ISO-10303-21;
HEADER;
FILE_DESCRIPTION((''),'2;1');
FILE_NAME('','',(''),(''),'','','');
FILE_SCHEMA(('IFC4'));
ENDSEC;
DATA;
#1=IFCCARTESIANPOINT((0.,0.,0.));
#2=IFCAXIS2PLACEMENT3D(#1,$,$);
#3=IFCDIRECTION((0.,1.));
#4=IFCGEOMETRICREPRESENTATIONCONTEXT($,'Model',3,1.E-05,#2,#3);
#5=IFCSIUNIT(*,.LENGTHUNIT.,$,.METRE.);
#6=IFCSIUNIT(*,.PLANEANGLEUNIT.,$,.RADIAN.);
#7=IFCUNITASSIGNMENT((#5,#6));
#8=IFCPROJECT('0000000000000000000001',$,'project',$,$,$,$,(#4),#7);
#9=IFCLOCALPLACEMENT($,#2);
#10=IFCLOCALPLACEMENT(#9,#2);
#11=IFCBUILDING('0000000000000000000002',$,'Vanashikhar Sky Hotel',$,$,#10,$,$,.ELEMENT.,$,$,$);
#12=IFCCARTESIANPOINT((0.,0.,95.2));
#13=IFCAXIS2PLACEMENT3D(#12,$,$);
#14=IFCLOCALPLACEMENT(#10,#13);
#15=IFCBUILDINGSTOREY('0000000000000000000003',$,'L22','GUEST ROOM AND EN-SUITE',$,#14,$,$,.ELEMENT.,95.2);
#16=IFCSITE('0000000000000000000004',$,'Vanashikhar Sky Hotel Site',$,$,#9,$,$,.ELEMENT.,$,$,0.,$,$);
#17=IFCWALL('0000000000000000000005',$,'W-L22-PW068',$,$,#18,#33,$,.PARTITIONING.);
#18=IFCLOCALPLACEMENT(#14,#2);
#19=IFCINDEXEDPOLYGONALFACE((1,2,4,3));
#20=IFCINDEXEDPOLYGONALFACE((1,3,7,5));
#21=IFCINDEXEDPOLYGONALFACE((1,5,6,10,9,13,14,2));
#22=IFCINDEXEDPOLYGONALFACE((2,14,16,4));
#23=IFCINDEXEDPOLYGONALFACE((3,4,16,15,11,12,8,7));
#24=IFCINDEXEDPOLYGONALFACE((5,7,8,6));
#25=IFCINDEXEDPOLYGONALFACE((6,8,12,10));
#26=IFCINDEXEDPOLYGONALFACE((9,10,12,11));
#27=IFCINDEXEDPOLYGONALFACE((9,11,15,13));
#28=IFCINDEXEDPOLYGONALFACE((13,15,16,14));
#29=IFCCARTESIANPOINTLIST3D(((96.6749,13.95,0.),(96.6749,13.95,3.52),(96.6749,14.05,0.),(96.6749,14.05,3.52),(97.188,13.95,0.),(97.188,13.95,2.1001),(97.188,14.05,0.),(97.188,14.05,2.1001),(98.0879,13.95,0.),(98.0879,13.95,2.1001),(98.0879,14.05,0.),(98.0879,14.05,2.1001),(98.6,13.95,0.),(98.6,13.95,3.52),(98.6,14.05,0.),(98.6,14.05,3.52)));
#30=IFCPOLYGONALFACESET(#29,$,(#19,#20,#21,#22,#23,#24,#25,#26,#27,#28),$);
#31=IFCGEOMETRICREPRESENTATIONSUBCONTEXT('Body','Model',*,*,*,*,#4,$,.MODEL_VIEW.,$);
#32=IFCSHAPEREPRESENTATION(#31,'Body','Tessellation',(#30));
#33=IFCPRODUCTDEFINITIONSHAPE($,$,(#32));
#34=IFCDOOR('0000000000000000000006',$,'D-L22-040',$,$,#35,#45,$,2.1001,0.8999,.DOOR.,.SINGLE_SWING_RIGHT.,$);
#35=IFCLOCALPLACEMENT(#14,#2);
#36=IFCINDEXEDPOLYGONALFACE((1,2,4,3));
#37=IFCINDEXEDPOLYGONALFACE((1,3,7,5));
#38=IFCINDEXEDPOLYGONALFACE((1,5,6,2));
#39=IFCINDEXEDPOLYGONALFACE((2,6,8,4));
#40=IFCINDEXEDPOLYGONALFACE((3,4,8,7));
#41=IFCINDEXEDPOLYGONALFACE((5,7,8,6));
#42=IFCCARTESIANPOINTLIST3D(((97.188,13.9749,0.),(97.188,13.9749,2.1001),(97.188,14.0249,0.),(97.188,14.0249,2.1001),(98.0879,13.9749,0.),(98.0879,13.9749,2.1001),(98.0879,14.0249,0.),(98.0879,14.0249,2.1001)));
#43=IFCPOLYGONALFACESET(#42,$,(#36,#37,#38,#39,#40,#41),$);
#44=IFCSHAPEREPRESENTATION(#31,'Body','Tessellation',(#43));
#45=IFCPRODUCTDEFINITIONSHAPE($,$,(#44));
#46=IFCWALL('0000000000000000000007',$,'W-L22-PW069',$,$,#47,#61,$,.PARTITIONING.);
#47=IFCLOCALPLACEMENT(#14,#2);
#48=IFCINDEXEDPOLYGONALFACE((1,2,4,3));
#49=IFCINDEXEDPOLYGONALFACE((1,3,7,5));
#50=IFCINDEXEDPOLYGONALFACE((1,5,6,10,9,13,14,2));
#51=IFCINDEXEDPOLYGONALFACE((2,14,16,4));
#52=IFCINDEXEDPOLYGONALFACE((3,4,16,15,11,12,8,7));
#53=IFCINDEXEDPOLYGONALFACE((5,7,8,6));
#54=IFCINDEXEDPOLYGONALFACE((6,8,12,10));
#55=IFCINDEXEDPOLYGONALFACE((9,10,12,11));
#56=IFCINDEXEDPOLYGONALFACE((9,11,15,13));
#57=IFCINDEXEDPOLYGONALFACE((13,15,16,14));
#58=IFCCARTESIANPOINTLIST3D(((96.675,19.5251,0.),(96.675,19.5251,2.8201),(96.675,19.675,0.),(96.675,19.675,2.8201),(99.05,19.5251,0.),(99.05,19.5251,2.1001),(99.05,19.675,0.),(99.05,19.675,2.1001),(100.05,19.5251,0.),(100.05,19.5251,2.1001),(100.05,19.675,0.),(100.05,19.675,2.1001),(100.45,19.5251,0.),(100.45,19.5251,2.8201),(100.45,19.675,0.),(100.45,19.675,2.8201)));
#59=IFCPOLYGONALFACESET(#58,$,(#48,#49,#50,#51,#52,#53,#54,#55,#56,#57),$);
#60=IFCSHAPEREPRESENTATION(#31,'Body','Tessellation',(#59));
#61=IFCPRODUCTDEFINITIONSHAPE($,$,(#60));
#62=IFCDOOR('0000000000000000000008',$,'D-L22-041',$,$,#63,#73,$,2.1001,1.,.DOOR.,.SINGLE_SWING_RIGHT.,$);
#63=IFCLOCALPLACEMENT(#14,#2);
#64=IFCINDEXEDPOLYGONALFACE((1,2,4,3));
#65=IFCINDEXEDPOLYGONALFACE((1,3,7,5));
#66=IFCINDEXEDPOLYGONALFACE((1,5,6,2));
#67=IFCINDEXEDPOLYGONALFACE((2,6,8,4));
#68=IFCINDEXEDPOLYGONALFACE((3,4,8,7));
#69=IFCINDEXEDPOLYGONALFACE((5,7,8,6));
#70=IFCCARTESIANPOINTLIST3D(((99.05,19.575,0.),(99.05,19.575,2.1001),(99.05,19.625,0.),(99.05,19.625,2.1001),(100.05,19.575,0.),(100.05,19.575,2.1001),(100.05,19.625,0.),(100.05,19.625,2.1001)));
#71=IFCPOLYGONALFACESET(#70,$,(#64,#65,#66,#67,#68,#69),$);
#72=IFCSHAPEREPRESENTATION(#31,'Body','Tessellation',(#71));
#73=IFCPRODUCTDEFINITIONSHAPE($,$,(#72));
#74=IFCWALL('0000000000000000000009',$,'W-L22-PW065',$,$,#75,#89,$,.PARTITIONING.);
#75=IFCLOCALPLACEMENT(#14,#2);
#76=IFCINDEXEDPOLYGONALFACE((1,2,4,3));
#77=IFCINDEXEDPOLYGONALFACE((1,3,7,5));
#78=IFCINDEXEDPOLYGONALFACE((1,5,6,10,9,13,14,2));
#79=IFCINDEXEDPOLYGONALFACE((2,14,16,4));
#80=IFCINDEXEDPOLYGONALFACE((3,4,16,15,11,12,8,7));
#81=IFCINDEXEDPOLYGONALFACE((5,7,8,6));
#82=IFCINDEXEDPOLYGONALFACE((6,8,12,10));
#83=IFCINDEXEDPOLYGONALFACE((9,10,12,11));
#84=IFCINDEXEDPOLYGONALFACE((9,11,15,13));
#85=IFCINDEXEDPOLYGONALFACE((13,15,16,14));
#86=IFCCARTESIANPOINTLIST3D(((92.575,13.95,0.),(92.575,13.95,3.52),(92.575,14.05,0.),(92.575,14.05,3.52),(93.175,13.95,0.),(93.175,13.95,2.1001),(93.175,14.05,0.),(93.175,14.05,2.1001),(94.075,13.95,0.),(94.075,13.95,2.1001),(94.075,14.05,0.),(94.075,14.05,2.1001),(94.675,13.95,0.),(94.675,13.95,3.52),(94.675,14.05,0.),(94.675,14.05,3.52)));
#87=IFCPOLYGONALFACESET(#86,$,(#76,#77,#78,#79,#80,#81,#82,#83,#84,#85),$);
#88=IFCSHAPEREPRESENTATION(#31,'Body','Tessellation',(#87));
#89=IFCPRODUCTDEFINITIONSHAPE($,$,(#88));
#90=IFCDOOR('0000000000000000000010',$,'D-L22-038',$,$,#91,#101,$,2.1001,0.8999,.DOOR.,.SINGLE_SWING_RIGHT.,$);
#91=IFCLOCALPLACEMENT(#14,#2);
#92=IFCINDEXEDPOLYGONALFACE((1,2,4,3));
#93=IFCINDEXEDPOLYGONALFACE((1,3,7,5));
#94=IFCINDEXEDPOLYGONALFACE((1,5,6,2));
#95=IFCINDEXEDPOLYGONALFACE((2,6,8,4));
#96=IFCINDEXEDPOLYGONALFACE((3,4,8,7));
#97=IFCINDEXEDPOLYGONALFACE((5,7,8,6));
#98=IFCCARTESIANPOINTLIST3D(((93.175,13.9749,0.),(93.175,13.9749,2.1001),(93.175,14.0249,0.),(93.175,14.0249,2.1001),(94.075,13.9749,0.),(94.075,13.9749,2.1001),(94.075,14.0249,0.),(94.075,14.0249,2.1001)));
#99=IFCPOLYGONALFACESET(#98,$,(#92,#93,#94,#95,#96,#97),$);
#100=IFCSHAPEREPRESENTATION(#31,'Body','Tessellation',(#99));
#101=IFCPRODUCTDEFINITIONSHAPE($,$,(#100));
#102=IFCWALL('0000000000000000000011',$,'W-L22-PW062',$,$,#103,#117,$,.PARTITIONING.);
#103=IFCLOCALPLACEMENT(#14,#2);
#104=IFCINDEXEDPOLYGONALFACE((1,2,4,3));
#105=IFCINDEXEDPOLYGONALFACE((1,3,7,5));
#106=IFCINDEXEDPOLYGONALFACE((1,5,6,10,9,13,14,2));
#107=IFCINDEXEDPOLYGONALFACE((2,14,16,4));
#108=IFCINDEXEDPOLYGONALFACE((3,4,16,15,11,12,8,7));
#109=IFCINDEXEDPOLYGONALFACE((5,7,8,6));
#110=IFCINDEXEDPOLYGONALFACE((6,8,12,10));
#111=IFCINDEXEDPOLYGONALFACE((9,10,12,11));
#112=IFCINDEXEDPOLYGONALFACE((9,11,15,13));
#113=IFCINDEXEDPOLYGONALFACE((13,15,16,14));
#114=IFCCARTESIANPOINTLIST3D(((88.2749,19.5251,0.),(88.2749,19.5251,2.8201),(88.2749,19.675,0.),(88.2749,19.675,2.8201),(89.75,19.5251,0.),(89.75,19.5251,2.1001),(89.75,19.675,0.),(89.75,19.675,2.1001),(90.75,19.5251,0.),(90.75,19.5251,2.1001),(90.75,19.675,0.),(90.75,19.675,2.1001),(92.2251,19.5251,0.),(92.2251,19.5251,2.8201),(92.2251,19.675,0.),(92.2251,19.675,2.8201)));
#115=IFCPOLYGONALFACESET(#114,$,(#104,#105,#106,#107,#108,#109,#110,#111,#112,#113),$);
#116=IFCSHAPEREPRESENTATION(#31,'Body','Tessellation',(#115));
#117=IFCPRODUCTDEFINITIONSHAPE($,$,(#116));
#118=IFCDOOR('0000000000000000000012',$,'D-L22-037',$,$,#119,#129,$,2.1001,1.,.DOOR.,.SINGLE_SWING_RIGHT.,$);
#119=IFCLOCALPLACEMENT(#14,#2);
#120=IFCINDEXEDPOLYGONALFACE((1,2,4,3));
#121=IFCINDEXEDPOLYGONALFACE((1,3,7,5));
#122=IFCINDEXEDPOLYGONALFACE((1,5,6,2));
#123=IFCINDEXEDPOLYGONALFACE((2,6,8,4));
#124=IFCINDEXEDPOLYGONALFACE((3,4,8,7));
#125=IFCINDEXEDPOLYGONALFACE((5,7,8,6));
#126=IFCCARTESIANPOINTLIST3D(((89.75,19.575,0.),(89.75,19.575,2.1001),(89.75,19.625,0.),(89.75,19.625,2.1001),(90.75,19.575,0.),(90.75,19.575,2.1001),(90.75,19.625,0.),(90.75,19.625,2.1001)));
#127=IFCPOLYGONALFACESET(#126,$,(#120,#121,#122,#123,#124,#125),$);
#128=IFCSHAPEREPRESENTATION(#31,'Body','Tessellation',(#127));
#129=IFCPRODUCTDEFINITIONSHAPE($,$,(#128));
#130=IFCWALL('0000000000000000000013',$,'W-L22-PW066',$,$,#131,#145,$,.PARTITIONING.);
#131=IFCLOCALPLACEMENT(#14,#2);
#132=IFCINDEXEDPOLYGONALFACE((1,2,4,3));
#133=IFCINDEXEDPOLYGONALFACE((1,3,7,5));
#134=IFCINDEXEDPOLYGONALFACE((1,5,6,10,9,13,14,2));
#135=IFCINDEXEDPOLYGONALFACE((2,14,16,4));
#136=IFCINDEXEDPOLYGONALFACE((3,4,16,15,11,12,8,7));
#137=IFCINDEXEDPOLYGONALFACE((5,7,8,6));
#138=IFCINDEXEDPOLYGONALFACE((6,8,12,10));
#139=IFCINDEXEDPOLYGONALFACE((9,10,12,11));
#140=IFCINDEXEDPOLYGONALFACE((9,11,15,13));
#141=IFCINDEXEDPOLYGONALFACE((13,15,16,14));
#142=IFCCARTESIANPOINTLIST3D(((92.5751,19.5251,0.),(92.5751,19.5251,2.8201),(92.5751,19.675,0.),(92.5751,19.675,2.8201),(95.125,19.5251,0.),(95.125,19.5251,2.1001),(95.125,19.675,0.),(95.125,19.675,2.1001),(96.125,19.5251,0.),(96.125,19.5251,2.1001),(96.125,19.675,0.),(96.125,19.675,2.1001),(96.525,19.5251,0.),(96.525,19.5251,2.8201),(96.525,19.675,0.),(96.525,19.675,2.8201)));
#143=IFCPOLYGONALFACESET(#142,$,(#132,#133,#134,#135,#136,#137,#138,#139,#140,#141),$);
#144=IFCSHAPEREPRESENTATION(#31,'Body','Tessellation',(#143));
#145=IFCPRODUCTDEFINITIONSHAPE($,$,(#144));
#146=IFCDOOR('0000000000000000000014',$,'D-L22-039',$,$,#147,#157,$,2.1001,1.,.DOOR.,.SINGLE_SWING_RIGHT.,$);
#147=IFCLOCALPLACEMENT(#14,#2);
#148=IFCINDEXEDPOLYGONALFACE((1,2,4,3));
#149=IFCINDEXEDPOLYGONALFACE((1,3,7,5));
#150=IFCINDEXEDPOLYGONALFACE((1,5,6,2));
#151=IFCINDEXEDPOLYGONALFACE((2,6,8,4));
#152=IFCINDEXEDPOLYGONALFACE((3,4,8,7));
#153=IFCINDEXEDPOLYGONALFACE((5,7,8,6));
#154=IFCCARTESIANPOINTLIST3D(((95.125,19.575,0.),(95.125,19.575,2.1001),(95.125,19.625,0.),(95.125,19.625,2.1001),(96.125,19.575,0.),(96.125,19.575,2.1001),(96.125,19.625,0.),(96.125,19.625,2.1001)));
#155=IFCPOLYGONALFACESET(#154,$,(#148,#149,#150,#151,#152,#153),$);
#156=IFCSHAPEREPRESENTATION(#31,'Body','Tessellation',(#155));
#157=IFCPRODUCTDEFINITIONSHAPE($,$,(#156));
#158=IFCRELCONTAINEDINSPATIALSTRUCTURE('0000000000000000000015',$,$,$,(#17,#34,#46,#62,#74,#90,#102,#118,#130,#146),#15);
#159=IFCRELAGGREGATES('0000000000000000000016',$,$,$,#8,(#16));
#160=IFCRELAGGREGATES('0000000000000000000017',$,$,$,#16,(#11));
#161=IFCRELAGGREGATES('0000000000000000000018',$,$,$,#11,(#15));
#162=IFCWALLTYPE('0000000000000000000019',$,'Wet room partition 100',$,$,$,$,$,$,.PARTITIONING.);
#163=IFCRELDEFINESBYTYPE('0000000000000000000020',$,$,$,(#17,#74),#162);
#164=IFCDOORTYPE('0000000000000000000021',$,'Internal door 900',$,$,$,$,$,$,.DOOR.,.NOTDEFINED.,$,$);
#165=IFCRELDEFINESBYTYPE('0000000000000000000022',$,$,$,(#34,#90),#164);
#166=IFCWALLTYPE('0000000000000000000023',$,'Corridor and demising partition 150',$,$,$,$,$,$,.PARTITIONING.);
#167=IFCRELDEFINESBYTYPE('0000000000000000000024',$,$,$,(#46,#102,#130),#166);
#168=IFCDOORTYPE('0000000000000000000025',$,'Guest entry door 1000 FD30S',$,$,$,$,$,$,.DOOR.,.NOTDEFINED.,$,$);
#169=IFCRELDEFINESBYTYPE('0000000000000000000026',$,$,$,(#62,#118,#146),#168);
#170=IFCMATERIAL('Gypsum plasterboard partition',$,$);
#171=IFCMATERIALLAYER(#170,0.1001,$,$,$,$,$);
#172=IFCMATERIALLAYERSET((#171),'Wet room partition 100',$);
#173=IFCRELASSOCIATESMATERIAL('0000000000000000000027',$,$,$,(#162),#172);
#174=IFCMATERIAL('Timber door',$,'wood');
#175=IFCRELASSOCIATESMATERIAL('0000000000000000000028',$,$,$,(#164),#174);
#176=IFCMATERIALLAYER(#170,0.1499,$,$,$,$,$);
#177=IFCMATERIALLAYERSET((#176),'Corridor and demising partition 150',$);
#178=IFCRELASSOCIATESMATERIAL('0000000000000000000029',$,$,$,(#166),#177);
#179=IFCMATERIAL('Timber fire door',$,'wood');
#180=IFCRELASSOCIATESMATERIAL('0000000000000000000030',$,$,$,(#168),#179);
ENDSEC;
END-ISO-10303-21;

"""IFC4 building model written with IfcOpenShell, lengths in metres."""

from ifc_helpers import new_model, si_unit, direction, frame, frame_2d, origin, place, context, subcontext, project, spatial, rectangle, extrude, source, transform, mapped, material, layer, layer_set, type_object, element, fill, save


model = new_model("IFC4")

# Units and contexts
model_context = context("Model", 3, precision=1e-05, world=origin(), true_north=direction((0.0, 1.0)))
body_context = subcontext(model_context, "Body", "Model", "MODEL_VIEW")
ifc_project = project(units=[si_unit("LENGTHUNIT", "METRE"), si_unit("PLANEANGLEUNIT", "RADIAN")], contexts=[model_context])

# Site, building, storey
site_placement = place(None, origin())
site = spatial("IfcSite", under=ifc_project, at=site_placement, Name="Vanashikhar Sky Hotel Site", CompositionType="ELEMENT", RefElevation=0.0)
building_placement = place(site_placement, origin())
building = spatial("IfcBuilding", under=site, at=building_placement, Name="Vanashikhar Sky Hotel", CompositionType="ELEMENT")
storey_placement = place(building_placement, frame((0.0, 0.0, 95.2)))
storey = spatial("IfcBuildingStorey", under=building, at=storey_placement, Name="L22", Description="GUEST ROOM AND EN-SUITE", CompositionType="ELEMENT", Elevation=95.2)

# Shared definitions
ifc_material_1 = material(Name="Gypsum plasterboard partition")
ifc_layer_1 = layer(ifc_material_1, 0.1001)
ifc_layer_set_1 = layer_set([ifc_layer_1], Name="Wet room partition 100")
wall_type_1 = type_object("IfcWallType", Name="Wet room partition 100", PredefinedType="PARTITIONING", material=ifc_layer_set_1)

# Walls, openings, doors
shared_shape_1 = source(origin(), body_context, "Body", "SweptSolid", [
    extrude(rectangle(XDim=1.925, YDim=0.1001, at=frame_2d((0.9624, 0.0))), origin(), (0.0, 0.0, 1.0), 3.52),
])
wall_1_placement = place(storey_placement, frame((96.675, 14.0, 0.0), z_axis=(0.0, 0.0, 1.0), x_axis=(1.0, 0.0, 0.0)))
wall_1 = element("IfcWall", 1, at=wall_1_placement, inside=storey, type_object=wall_type_1, Name="W-L22-PW068", PredefinedType="PARTITIONING", context=body_context, shape_type="MappedRepresentation", body=[
    mapped(shared_shape_1, transform((0.0, 0.0, 0.0), scale=1.0)),
])
shared_shape_2 = source(origin(), body_context, "Body", "SweptSolid", [
    extrude(rectangle(XDim=0.8999, YDim=2.1001, at=frame_2d((0.45, 1.05))), frame((0.0, 0.0601, 0.0), z_axis=(0.0, -1.0, 0.0), x_axis=(1.0, 0.0, 0.0)), (0.0, 0.0, 1.0), 0.1201),
])
opening_1_placement = place(wall_1_placement, frame((0.5129, 0.0, 0.0)))
opening_1 = element("IfcOpeningElement", 2, at=opening_1_placement, cuts=wall_1, PredefinedType="OPENING", context=body_context, shape_type="MappedRepresentation", body=[
    mapped(shared_shape_2, transform((0.0, 0.0, 0.0), scale=1.0)),
])
ifc_material_2 = material(Name="Timber door", Category="wood")
door_type_1 = type_object("IfcDoorType", Name="Internal door 900", OperationType="NOTDEFINED", PredefinedType="DOOR", material=ifc_material_2)
shared_shape_3 = source(origin(), body_context, "Body", "SweptSolid", [
    extrude(rectangle(XDim=0.8999, YDim=2.1001, at=frame_2d((0.45, 1.05))), frame((0.0, 0.0249, 0.0), z_axis=(0.0, -1.0, 0.0), x_axis=(1.0, 0.0, 0.0)), (0.0, 0.0, 1.0), 0.05),
])
door_1_placement = place(opening_1_placement, origin())
door_1 = element("IfcDoor", 3, at=door_1_placement, inside=storey, type_object=door_type_1, Name="D-L22-040", OperationType="SINGLE_SWING_RIGHT", OverallHeight=2.1001, OverallWidth=0.8999, PredefinedType="DOOR", context=body_context, shape_type="MappedRepresentation", body=[
    mapped(shared_shape_3, transform((0.0, 0.0, 0.0), scale=1.0)),
])
fill(opening_1, door_1)
ifc_layer_2 = layer(ifc_material_1, 0.1499)
ifc_layer_set_2 = layer_set([ifc_layer_2], Name="Corridor and demising partition 150")
wall_type_2 = type_object("IfcWallType", Name="Corridor and demising partition 150", PredefinedType="PARTITIONING", material=ifc_layer_set_2)
shared_shape_4 = source(origin(), body_context, "Body", "SweptSolid", [
    extrude(rectangle(XDim=3.7749, YDim=0.1499, at=frame_2d((1.8875, 0.0))), origin(), (0.0, 0.0, 1.0), 2.8201),
])
wall_2_placement = place(storey_placement, frame((96.675, 19.6001, 0.0), z_axis=(0.0, 0.0, 1.0), x_axis=(1.0, 0.0, 0.0)))
wall_2 = element("IfcWall", 4, at=wall_2_placement, inside=storey, type_object=wall_type_2, Name="W-L22-PW069", PredefinedType="PARTITIONING", context=body_context, shape_type="MappedRepresentation", body=[
    mapped(shared_shape_4, transform((0.0, 0.0, 0.0), scale=1.0)),
])
shared_shape_5 = source(origin(), body_context, "Body", "SweptSolid", [
    extrude(rectangle(XDim=1.0, YDim=2.1001, at=frame_2d((0.5, 1.05))), frame((0.0, 0.085, 0.0), z_axis=(0.0, -1.0, 0.0), x_axis=(1.0, 0.0, 0.0)), (0.0, 0.0, 1.0), 0.1699),
])
opening_2_placement = place(wall_2_placement, frame((2.375, 0.0, 0.0)))
opening_2 = element("IfcOpeningElement", 5, at=opening_2_placement, cuts=wall_2, PredefinedType="OPENING", context=body_context, shape_type="MappedRepresentation", body=[
    mapped(shared_shape_5, transform((0.0, 0.0, 0.0), scale=1.0)),
])
ifc_material_3 = material(Name="Timber fire door", Category="wood")
door_type_2 = type_object("IfcDoorType", Name="Guest entry door 1000 FD30S", OperationType="NOTDEFINED", PredefinedType="DOOR", material=ifc_material_3)
shared_shape_6 = source(origin(), body_context, "Body", "SweptSolid", [
    extrude(rectangle(XDim=1.0, YDim=2.1001, at=frame_2d((0.5, 1.05))), frame((0.0, 0.0249, 0.0), z_axis=(0.0, -1.0, 0.0), x_axis=(1.0, 0.0, 0.0)), (0.0, 0.0, 1.0), 0.05),
])
door_2_placement = place(opening_2_placement, origin())
door_2 = element("IfcDoor", 6, at=door_2_placement, inside=storey, type_object=door_type_2, Name="D-L22-041", OperationType="SINGLE_SWING_RIGHT", OverallHeight=2.1001, OverallWidth=1.0, PredefinedType="DOOR", context=body_context, shape_type="MappedRepresentation", body=[
    mapped(shared_shape_6, transform((0.0, 0.0, 0.0), scale=1.0)),
])
fill(opening_2, door_2)
shared_shape_7 = source(origin(), body_context, "Body", "SweptSolid", [
    extrude(rectangle(XDim=2.1001, YDim=0.1001, at=frame_2d((1.05, 0.0))), origin(), (0.0, 0.0, 1.0), 3.52),
])
wall_3_placement = place(storey_placement, frame((92.575, 14.0, 0.0), z_axis=(0.0, 0.0, 1.0), x_axis=(1.0, 0.0, 0.0)))
wall_3 = element("IfcWall", 7, at=wall_3_placement, inside=storey, type_object=wall_type_1, Name="W-L22-PW065", PredefinedType="PARTITIONING", context=body_context, shape_type="MappedRepresentation", body=[
    mapped(shared_shape_7, transform((0.0, 0.0, 0.0), scale=1.0)),
])
opening_3_placement = place(wall_3_placement, frame((0.6001, 0.0, 0.0)))
opening_3 = element("IfcOpeningElement", 8, at=opening_3_placement, cuts=wall_3, PredefinedType="OPENING", context=body_context, shape_type="MappedRepresentation", body=[
    mapped(shared_shape_2, transform((0.0, 0.0, 0.0), scale=1.0)),
])
door_3_placement = place(opening_3_placement, origin())
door_3 = element("IfcDoor", 9, at=door_3_placement, inside=storey, type_object=door_type_1, Name="D-L22-038", OperationType="SINGLE_SWING_RIGHT", OverallHeight=2.1001, OverallWidth=0.8999, PredefinedType="DOOR", context=body_context, shape_type="MappedRepresentation", body=[
    mapped(shared_shape_3, transform((0.0, 0.0, 0.0), scale=1.0)),
])
fill(opening_3, door_3)
shared_shape_8 = source(origin(), body_context, "Body", "SweptSolid", [
    extrude(rectangle(XDim=3.9502, YDim=0.1499, at=frame_2d((1.9751, 0.0))), origin(), (0.0, 0.0, 1.0), 2.8201),
])
wall_4_placement = place(storey_placement, frame((88.2749, 19.6001, 0.0), z_axis=(0.0, 0.0, 1.0), x_axis=(1.0, 0.0, 0.0)))
wall_4 = element("IfcWall", 10, at=wall_4_placement, inside=storey, type_object=wall_type_2, Name="W-L22-PW062", PredefinedType="PARTITIONING", context=body_context, shape_type="MappedRepresentation", body=[
    mapped(shared_shape_8, transform((0.0, 0.0, 0.0), scale=1.0)),
])
opening_4_placement = place(wall_4_placement, frame((1.4751, 0.0, 0.0)))
opening_4 = element("IfcOpeningElement", 11, at=opening_4_placement, cuts=wall_4, PredefinedType="OPENING", context=body_context, shape_type="MappedRepresentation", body=[
    mapped(shared_shape_5, transform((0.0, 0.0, 0.0), scale=1.0)),
])
door_4_placement = place(opening_4_placement, origin())
door_4 = element("IfcDoor", 12, at=door_4_placement, inside=storey, type_object=door_type_2, Name="D-L22-037", OperationType="SINGLE_SWING_RIGHT", OverallHeight=2.1001, OverallWidth=1.0, PredefinedType="DOOR", context=body_context, shape_type="MappedRepresentation", body=[
    mapped(shared_shape_6, transform((0.0, 0.0, 0.0), scale=1.0)),
])
fill(opening_4, door_4)
shared_shape_9 = source(origin(), body_context, "Body", "SweptSolid", [
    extrude(rectangle(XDim=3.95, YDim=0.1499, at=frame_2d((1.9751, 0.0))), origin(), (0.0, 0.0, 1.0), 2.8201),
])
wall_5_placement = place(storey_placement, frame((92.575, 19.6001, 0.0), z_axis=(0.0, 0.0, 1.0), x_axis=(1.0, 0.0, 0.0)))
wall_5 = element("IfcWall", 13, at=wall_5_placement, inside=storey, type_object=wall_type_2, Name="W-L22-PW066", PredefinedType="PARTITIONING", context=body_context, shape_type="MappedRepresentation", body=[
    mapped(shared_shape_9, transform((0.0, 0.0, 0.0), scale=1.0)),
])
opening_5_placement = place(wall_5_placement, frame((2.55, 0.0, 0.0)))
opening_5 = element("IfcOpeningElement", 14, at=opening_5_placement, cuts=wall_5, PredefinedType="OPENING", context=body_context, shape_type="MappedRepresentation", body=[
    mapped(shared_shape_5, transform((0.0, 0.0, 0.0), scale=1.0)),
])
door_5_placement = place(opening_5_placement, origin())
door_5 = element("IfcDoor", 15, at=door_5_placement, inside=storey, type_object=door_type_2, Name="D-L22-039", OperationType="SINGLE_SWING_RIGHT", OverallHeight=2.1001, OverallWidth=1.0, PredefinedType="DOOR", context=body_context, shape_type="MappedRepresentation", body=[
    mapped(shared_shape_6, transform((0.0, 0.0, 0.0), scale=1.0)),
])
fill(opening_5, door_5)

save(model, "model.ifc")
